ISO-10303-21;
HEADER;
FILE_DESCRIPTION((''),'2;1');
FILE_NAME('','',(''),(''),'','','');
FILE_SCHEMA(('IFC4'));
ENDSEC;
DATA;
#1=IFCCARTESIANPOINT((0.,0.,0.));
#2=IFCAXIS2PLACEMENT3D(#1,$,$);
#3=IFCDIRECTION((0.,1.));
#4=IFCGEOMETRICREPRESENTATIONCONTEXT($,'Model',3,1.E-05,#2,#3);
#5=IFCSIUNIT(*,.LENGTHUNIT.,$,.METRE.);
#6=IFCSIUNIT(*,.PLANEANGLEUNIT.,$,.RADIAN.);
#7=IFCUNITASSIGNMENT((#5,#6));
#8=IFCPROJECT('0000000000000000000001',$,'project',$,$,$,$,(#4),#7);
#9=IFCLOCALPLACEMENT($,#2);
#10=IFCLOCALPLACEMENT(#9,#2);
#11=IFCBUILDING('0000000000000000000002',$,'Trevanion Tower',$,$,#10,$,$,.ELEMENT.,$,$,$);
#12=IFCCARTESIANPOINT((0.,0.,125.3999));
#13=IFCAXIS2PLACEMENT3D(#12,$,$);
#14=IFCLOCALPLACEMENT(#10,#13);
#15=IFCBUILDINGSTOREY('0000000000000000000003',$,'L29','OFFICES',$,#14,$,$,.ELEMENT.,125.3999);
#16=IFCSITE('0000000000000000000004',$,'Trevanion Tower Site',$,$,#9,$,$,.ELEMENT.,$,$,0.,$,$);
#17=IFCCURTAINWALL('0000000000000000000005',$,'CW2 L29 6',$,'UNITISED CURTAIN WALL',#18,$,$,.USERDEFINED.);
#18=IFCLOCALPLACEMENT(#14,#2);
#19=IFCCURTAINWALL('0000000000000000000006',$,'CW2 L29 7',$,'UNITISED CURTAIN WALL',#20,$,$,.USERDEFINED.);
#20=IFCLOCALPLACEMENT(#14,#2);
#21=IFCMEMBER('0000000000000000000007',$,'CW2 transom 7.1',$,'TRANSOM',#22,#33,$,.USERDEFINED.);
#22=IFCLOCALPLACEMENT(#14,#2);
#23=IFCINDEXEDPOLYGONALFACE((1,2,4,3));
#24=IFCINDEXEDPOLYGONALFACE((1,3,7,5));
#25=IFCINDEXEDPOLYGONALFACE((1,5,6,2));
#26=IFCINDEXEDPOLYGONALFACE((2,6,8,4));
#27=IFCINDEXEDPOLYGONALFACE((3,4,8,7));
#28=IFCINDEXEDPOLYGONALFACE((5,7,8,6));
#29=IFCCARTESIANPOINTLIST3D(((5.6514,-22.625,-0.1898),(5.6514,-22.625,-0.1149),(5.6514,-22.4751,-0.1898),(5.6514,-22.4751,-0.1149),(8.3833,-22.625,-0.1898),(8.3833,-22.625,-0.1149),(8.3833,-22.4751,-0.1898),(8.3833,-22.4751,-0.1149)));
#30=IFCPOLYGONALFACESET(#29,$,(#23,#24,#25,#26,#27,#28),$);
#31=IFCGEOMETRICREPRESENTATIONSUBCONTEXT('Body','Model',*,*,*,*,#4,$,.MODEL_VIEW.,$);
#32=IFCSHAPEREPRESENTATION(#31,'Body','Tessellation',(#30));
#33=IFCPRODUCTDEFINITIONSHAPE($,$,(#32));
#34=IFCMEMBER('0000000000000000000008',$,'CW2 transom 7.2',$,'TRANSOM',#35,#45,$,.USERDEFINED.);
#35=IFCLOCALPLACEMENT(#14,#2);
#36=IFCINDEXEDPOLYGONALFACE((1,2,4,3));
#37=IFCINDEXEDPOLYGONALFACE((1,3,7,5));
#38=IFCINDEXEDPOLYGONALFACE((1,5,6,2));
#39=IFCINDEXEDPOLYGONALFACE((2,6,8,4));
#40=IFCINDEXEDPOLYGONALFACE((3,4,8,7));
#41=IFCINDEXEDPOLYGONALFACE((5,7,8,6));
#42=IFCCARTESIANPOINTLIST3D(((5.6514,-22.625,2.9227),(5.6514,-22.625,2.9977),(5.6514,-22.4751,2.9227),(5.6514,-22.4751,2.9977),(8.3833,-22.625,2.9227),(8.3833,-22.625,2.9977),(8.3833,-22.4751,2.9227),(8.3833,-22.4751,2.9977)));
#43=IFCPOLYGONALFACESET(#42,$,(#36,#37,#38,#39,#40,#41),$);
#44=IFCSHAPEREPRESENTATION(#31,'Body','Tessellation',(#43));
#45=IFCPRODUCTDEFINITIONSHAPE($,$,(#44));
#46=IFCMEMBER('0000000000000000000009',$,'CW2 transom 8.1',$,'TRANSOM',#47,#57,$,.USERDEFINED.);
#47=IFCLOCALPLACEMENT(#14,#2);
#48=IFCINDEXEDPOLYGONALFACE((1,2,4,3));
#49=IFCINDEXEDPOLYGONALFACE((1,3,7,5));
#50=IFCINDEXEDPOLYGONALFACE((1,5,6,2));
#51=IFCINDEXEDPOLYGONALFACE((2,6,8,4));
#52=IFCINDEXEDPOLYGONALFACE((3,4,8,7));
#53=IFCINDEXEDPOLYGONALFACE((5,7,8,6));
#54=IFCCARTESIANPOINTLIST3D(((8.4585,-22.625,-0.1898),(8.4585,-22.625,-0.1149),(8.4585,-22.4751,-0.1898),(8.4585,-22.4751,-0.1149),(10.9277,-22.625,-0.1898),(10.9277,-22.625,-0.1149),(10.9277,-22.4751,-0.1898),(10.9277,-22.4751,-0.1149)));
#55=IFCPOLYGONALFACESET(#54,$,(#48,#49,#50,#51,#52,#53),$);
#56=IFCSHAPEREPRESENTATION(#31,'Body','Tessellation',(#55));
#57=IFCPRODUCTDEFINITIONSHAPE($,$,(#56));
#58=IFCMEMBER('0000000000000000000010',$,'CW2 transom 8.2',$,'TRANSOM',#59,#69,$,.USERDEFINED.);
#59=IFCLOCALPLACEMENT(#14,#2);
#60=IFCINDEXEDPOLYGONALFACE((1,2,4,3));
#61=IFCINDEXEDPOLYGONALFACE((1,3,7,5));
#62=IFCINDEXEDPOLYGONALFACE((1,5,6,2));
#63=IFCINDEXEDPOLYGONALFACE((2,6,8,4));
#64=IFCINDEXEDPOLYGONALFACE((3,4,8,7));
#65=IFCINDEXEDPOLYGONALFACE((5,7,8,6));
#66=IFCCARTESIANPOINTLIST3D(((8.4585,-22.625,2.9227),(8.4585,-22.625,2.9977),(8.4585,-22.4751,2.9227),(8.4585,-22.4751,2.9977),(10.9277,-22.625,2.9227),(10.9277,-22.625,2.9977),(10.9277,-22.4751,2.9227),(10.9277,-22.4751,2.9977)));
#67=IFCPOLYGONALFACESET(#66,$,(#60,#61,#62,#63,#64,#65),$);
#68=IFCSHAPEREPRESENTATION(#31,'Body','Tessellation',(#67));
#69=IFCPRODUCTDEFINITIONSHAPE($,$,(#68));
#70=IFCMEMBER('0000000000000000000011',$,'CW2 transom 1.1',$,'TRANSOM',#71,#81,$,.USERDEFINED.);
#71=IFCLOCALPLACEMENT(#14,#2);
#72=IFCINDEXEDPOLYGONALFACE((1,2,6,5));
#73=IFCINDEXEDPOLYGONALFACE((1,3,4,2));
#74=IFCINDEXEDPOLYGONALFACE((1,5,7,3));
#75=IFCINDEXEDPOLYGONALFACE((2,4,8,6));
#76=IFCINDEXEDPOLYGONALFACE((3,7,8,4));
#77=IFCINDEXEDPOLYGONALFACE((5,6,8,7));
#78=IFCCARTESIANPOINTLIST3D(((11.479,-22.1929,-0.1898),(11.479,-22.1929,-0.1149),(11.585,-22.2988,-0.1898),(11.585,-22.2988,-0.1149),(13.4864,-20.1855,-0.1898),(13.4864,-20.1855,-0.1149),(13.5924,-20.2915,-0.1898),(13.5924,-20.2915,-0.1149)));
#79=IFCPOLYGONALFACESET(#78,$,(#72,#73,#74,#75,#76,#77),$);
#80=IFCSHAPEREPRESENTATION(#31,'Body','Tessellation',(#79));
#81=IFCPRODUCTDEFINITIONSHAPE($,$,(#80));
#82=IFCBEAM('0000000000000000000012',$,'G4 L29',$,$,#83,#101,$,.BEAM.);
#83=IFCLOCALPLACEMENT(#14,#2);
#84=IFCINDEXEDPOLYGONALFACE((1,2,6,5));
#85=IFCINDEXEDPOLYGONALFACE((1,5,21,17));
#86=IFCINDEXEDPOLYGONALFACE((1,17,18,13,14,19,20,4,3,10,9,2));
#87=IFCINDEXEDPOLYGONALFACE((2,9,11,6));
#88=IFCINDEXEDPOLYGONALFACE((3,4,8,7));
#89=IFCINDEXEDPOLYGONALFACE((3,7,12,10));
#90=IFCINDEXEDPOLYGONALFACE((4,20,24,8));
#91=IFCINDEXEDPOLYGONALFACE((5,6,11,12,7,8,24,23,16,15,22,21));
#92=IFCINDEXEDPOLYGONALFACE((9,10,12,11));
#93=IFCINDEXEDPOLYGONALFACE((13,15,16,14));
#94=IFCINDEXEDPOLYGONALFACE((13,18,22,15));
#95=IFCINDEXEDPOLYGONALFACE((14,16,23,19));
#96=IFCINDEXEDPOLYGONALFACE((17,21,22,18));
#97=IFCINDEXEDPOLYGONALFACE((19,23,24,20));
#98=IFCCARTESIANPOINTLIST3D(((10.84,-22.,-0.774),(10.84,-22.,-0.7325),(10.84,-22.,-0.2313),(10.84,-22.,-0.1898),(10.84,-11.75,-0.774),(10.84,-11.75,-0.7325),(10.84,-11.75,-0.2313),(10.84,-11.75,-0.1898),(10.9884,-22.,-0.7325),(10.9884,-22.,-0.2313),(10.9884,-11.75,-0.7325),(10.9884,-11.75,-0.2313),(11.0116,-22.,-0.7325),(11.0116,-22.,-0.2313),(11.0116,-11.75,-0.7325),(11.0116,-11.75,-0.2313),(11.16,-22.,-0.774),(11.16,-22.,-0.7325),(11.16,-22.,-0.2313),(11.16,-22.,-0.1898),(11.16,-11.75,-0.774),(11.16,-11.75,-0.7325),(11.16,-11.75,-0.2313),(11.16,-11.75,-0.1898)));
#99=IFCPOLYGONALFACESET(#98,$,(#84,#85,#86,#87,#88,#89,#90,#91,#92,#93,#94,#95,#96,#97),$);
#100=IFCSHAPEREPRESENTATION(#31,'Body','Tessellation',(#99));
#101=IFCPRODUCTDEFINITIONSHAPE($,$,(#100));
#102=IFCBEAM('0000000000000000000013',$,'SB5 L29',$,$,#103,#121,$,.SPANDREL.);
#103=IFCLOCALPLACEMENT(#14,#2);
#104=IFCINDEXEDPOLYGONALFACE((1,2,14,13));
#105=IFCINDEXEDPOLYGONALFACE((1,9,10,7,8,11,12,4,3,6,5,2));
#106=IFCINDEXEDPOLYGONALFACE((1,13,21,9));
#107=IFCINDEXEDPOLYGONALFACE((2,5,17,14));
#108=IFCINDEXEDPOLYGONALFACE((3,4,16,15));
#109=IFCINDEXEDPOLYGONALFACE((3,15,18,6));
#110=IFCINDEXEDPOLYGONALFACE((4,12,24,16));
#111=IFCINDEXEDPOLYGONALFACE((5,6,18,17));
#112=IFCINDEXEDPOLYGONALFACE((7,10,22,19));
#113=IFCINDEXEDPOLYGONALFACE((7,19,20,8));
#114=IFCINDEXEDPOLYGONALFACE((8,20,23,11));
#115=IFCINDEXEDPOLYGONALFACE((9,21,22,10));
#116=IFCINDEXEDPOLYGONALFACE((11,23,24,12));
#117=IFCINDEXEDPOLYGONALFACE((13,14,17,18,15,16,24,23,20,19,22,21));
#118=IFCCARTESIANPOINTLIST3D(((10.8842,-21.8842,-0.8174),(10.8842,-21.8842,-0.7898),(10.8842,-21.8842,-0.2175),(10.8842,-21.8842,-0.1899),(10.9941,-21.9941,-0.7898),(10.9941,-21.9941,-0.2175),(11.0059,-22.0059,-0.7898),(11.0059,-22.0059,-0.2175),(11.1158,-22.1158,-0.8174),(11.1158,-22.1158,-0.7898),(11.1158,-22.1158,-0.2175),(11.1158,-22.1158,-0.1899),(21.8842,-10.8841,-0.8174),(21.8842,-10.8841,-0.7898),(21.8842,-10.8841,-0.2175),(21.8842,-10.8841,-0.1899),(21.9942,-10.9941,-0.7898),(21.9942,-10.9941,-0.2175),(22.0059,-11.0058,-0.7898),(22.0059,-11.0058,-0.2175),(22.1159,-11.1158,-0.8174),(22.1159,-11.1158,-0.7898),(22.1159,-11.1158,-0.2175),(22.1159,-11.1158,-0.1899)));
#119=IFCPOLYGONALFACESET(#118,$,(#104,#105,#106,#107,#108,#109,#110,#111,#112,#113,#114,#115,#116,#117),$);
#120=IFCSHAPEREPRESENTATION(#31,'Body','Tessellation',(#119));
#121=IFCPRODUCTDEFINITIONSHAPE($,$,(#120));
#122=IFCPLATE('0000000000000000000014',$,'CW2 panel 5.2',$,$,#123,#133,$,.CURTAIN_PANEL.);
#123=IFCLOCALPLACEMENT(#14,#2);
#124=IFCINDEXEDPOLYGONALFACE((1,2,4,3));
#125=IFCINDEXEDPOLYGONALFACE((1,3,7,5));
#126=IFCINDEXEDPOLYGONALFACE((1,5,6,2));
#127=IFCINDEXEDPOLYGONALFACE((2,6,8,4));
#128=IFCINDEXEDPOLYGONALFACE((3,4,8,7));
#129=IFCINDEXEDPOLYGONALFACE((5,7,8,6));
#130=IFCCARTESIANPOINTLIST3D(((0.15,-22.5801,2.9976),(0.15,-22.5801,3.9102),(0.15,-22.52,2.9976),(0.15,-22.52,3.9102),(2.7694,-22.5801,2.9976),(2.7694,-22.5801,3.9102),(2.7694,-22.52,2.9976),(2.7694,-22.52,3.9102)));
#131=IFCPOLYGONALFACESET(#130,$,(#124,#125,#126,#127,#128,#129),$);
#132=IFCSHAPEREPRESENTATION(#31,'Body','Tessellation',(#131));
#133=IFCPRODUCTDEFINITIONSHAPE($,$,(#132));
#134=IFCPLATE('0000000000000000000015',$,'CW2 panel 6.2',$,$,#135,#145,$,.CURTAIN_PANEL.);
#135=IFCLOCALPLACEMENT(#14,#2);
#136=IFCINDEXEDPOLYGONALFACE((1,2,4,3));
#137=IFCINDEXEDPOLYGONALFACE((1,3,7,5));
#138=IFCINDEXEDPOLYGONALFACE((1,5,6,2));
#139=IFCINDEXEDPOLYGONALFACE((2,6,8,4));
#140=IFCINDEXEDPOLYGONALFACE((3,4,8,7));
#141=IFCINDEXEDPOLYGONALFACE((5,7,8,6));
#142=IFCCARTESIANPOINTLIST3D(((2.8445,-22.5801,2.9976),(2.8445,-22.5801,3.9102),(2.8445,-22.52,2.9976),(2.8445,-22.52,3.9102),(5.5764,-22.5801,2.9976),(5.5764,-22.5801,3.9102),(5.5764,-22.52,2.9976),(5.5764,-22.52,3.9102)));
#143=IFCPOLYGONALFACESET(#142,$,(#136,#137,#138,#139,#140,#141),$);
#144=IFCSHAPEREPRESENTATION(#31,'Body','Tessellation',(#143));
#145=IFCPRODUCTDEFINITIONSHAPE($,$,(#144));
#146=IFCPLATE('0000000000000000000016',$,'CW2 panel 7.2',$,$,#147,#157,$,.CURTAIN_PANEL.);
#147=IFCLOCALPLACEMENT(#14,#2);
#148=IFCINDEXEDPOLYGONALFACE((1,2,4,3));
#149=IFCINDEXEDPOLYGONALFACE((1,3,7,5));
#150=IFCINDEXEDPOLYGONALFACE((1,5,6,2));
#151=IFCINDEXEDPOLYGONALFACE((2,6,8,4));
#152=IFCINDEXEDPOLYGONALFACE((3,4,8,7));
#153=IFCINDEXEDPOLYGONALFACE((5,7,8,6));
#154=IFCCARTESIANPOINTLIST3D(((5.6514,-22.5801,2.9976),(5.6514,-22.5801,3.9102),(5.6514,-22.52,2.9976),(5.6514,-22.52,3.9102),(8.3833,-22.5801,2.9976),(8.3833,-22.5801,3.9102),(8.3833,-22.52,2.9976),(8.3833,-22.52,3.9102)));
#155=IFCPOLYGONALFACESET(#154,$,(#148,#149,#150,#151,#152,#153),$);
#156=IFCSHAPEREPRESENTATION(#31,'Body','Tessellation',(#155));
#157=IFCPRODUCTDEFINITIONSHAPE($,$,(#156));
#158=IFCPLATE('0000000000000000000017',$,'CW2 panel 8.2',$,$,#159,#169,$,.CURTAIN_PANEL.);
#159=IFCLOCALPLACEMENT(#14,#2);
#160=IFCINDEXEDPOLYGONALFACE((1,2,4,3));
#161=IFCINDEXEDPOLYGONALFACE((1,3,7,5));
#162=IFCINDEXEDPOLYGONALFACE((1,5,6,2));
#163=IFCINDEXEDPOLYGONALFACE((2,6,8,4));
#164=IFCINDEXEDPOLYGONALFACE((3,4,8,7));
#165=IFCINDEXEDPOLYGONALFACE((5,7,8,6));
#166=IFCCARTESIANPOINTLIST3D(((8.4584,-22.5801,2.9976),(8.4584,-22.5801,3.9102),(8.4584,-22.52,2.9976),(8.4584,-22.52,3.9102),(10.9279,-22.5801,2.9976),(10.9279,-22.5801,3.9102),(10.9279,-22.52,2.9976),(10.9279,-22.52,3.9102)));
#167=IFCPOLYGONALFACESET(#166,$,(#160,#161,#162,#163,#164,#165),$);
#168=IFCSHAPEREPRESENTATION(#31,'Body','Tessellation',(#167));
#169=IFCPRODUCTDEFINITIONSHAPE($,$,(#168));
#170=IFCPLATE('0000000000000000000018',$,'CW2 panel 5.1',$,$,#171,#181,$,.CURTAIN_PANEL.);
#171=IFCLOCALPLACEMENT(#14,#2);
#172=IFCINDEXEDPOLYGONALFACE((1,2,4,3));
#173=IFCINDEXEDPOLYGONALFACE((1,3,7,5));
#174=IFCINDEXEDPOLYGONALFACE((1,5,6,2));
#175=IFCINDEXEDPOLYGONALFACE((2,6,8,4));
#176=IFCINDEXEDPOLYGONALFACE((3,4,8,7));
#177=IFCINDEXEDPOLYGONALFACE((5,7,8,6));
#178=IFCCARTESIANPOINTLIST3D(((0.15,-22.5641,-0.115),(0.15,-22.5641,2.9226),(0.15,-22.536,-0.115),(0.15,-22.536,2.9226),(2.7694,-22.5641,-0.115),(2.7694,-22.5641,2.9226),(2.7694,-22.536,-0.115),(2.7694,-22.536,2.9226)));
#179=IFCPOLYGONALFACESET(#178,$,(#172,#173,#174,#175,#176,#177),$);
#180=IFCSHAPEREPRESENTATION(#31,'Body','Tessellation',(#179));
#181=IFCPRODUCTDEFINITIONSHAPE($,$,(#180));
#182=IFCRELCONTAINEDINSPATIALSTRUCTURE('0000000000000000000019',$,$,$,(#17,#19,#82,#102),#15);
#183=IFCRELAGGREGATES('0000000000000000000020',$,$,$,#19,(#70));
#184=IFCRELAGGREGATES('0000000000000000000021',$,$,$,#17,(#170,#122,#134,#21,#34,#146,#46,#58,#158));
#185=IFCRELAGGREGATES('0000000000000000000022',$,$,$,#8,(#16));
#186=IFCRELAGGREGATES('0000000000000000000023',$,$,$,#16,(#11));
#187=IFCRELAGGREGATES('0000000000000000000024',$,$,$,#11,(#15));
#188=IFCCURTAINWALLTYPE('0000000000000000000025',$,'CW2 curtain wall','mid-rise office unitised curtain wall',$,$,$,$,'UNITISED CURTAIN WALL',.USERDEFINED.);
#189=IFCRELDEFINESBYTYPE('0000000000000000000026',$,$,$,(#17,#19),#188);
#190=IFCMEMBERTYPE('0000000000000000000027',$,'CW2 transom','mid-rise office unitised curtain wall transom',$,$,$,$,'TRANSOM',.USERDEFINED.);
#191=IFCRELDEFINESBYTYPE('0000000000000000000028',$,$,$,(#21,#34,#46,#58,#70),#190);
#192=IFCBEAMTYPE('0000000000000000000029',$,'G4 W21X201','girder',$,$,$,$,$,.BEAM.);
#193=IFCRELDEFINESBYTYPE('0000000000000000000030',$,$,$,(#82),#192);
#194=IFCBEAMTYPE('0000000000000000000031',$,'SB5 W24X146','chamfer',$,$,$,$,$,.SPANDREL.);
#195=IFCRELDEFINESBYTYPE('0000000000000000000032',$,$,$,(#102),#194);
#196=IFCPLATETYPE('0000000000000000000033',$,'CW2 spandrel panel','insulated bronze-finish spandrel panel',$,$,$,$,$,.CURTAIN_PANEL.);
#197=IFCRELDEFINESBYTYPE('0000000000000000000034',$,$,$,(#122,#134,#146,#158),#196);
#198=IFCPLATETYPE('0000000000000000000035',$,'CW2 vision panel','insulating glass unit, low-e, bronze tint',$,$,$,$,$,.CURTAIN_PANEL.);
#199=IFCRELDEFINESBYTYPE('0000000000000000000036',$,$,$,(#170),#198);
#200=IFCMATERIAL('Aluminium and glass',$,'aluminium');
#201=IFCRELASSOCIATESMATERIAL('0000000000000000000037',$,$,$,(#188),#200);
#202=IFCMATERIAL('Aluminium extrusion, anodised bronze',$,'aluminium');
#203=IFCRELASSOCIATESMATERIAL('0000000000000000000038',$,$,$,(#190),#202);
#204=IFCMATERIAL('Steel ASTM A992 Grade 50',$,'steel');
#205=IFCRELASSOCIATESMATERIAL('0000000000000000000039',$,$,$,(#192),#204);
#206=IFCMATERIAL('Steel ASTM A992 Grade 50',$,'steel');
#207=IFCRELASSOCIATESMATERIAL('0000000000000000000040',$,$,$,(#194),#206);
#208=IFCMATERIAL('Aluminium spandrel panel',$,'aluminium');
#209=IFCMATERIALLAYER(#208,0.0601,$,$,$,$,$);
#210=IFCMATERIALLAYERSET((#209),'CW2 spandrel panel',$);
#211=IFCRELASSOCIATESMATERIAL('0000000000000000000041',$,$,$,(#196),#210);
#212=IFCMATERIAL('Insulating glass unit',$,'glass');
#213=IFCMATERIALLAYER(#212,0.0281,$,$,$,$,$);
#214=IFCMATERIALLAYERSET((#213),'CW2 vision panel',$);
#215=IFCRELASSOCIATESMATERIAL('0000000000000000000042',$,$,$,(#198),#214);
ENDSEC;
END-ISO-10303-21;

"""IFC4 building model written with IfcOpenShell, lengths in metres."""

from ifc_helpers import new_model, si_unit, direction, frame, origin, origin_2d, place, context, subcontext, project, spatial, rectangle, i_section, extrude, material, layer, layer_set, material_profile, profile_set, type_object, element, aggregate, save


model = new_model("IFC4")

# Units and contexts
model_context = context("Model", 3, precision=1e-05, world=origin(), true_north=direction((0.0, 1.0)))
body_context = subcontext(model_context, "Body", "Model", "MODEL_VIEW")
ifc_project = project(units=[si_unit("LENGTHUNIT", "METRE"), si_unit("PLANEANGLEUNIT", "RADIAN")], contexts=[model_context])

# Site, building, storey
site_placement = place(None, origin())
site = spatial("IfcSite", under=ifc_project, at=site_placement, Name="Trevanion Tower Site", CompositionType="ELEMENT", RefElevation=0.0)
building_placement = place(site_placement, origin())
building = spatial("IfcBuilding", under=site, at=building_placement, Name="Trevanion Tower", CompositionType="ELEMENT")
storey_placement = place(building_placement, frame((0.0, 0.0, 125.3999)))
storey = spatial("IfcBuildingStorey", under=building, at=storey_placement, Name="L29", Description="OFFICES", CompositionType="ELEMENT", Elevation=125.3999)

# Curtain wall
ifc_material_1 = material(Name="Aluminium and glass", Category="aluminium")
curtain_wall_type = type_object("IfcCurtainWallType", Name="CW2 curtain wall", Description="mid-rise office unitised curtain wall", ElementType="UNITISED CURTAIN WALL", PredefinedType="USERDEFINED", material=ifc_material_1)
curtain_wall_1_placement = place(storey_placement, origin())
curtain_wall_1 = element("IfcCurtainWall", 1, at=curtain_wall_1_placement, inside=storey, type_object=curtain_wall_type, Name="CW2 L29 6", ObjectType="UNITISED CURTAIN WALL", PredefinedType="USERDEFINED")

# Curtain wall
curtain_wall_2_placement = place(storey_placement, origin())
curtain_wall_2 = element("IfcCurtainWall", 2, at=curtain_wall_2_placement, inside=storey, type_object=curtain_wall_type, Name="CW2 L29 7", ObjectType="UNITISED CURTAIN WALL", PredefinedType="USERDEFINED")

# Members
ifc_material_2 = material(Name="Aluminium extrusion, anodised bronze", Category="aluminium")
ifc_material_profile_1 = material_profile(ifc_material_2, rectangle(XDim=0.1499, YDim=0.075, at=origin_2d()), Name="CW2 transom")
ifc_profile_set_1 = profile_set([ifc_material_profile_1], Name="Aluminium extrusion, anodised bronze")
member_type_1 = type_object("IfcMemberType", Name="CW2 transom", Description="mid-rise office unitised curtain wall transom", ElementType="TRANSOM", PredefinedType="USERDEFINED", material=ifc_profile_set_1)
member_1_placement = place(storey_placement, frame((5.6514, -22.55, -0.1523), z_axis=(1.0, 0.0, 0.0), x_axis=(0.0, 1.0, 0.0)))
member_1 = element("IfcMember", 3, at=member_1_placement, type_object=member_type_1, Name="CW2 transom 7.1", ObjectType="TRANSOM", PredefinedType="USERDEFINED", context=body_context, shape_type="SweptSolid", body=[
    extrude(rectangle(XDim=0.1499, YDim=0.075, at=origin_2d()), origin(), (0.0, 0.0, 1.0), 2.7319),
])
member_2_placement = place(storey_placement, frame((5.6514, -22.55, 2.9602), z_axis=(1.0, 0.0, 0.0), x_axis=(0.0, 1.0, 0.0)))
member_2 = element("IfcMember", 4, at=member_2_placement, type_object=member_type_1, Name="CW2 transom 7.2", ObjectType="TRANSOM", PredefinedType="USERDEFINED", context=body_context, shape_type="SweptSolid", body=[
    extrude(rectangle(XDim=0.1499, YDim=0.075, at=origin_2d()), origin(), (0.0, 0.0, 1.0), 2.7319),
])
member_3_placement = place(storey_placement, frame((8.4585, -22.55, -0.1523), z_axis=(1.0, 0.0, 0.0), x_axis=(0.0, 1.0, 0.0)))
member_3 = element("IfcMember", 5, at=member_3_placement, type_object=member_type_1, Name="CW2 transom 8.1", ObjectType="TRANSOM", PredefinedType="USERDEFINED", context=body_context, shape_type="SweptSolid", body=[
    extrude(rectangle(XDim=0.1499, YDim=0.075, at=origin_2d()), origin(), (0.0, 0.0, 1.0), 2.4692),
])
member_4_placement = place(storey_placement, frame((8.4585, -22.55, 2.9602), z_axis=(1.0, 0.0, 0.0), x_axis=(0.0, 1.0, 0.0)))
member_4 = element("IfcMember", 6, at=member_4_placement, type_object=member_type_1, Name="CW2 transom 8.2", ObjectType="TRANSOM", PredefinedType="USERDEFINED", context=body_context, shape_type="SweptSolid", body=[
    extrude(rectangle(XDim=0.1499, YDim=0.075, at=origin_2d()), origin(), (0.0, 0.0, 1.0), 2.4692),
])
member_5_placement = place(storey_placement, frame((11.532, -22.2458, -0.1523), z_axis=(0.707107, 0.707107, 0.0), x_axis=(-0.707107, 0.707107, 0.0)))
member_5 = element("IfcMember", 7, at=member_5_placement, type_object=member_type_1, Name="CW2 transom 1.1", ObjectType="TRANSOM", PredefinedType="USERDEFINED", context=body_context, shape_type="SweptSolid", body=[
    extrude(rectangle(XDim=0.1499, YDim=0.075, at=origin_2d()), origin(), (0.0, 0.0, 1.0), 2.8389),
])
aggregate(curtain_wall_2, [member_5])

# Beams
ifc_material_3 = material(Name="Steel ASTM A992 Grade 50", Category="steel")
ifc_material_profile_2 = material_profile(ifc_material_3, i_section(OverallWidth=0.3201, OverallDepth=0.5842, WebThickness=0.0232, FlangeThickness=0.0415, at=origin_2d()), Name="W21X201")
ifc_profile_set_2 = profile_set([ifc_material_profile_2], Name="Steel ASTM A992 Grade 50")
beam_type_1 = type_object("IfcBeamType", Name="G4 W21X201", Description="girder", PredefinedType="BEAM", material=ifc_profile_set_2)
beam_1_placement = place(storey_placement, frame((11.0, -11.75, -0.4819), z_axis=(0.0, -1.0, 0.0), x_axis=(1.0, 0.0, 0.0)))
element("IfcBeam", 8, at=beam_1_placement, inside=storey, type_object=beam_type_1, Name="G4 L29", PredefinedType="BEAM", context=body_context, shape_type="SweptSolid", body=[
    extrude(i_section(OverallWidth=0.3201, OverallDepth=0.5842, WebThickness=0.0232, FlangeThickness=0.0415, at=origin_2d()), origin(), (0.0, 0.0, 1.0), 10.25),
])
ifc_material_4 = material(Name="Steel ASTM A992 Grade 50", Category="steel")
ifc_material_profile_3 = material_profile(ifc_material_4, i_section(OverallWidth=0.3276, OverallDepth=0.6274, WebThickness=0.0166, FlangeThickness=0.0276, at=origin_2d()), Name="W24X146")
ifc_profile_set_3 = profile_set([ifc_material_profile_3], Name="Steel ASTM A992 Grade 50")
beam_type_2 = type_object("IfcBeamType", Name="SB5 W24X146", Description="chamfer", PredefinedType="SPANDREL", material=ifc_profile_set_3)
beam_2_placement = place(storey_placement, frame((11.0, -22.0, -0.5037), z_axis=(0.707107, 0.707107, 0.0), x_axis=(-0.707107, 0.707107, 0.0)))
element("IfcBeam", 9, at=beam_2_placement, inside=storey, type_object=beam_type_2, Name="SB5 L29", PredefinedType="SPANDREL", context=body_context, shape_type="SweptSolid", body=[
    extrude(i_section(OverallWidth=0.3276, OverallDepth=0.6274, WebThickness=0.0166, FlangeThickness=0.0276, at=origin_2d()), origin(), (0.0, 0.0, 1.0), 15.5564),
])

# Plates
ifc_material_5 = material(Name="Aluminium spandrel panel", Category="aluminium")
ifc_layer_1 = layer(ifc_material_5, 0.0601)
ifc_layer_set_1 = layer_set([ifc_layer_1], Name="CW2 spandrel panel")
plate_type_1 = type_object("IfcPlateType", Name="CW2 spandrel panel", Description="insulated bronze-finish spandrel panel", PredefinedType="CURTAIN_PANEL", material=ifc_layer_set_1)
plate_1_placement = place(storey_placement, frame((1.4597, -22.55, 2.9976), z_axis=(0.0, 0.0, 1.0), x_axis=(1.0, 0.0, 0.0)))
plate_1 = element("IfcPlate", 10, at=plate_1_placement, type_object=plate_type_1, Name="CW2 panel 5.2", PredefinedType="CURTAIN_PANEL", context=body_context, shape_type="SweptSolid", body=[
    extrude(rectangle(XDim=2.6194, YDim=0.0601, at=origin_2d()), origin(), (0.0, 0.0, 1.0), 0.9126),
])
plate_2_placement = place(storey_placement, frame((4.2104, -22.55, 2.9976), z_axis=(0.0, 0.0, 1.0), x_axis=(1.0, 0.0, 0.0)))
plate_2 = element("IfcPlate", 11, at=plate_2_placement, type_object=plate_type_1, Name="CW2 panel 6.2", PredefinedType="CURTAIN_PANEL", context=body_context, shape_type="SweptSolid", body=[
    extrude(rectangle(XDim=2.7319, YDim=0.0601, at=origin_2d()), origin(), (0.0, 0.0, 1.0), 0.9126),
])
plate_3_placement = place(storey_placement, frame((7.0173, -22.55, 2.9976), z_axis=(0.0, 0.0, 1.0), x_axis=(1.0, 0.0, 0.0)))
plate_3 = element("IfcPlate", 12, at=plate_3_placement, type_object=plate_type_1, Name="CW2 panel 7.2", PredefinedType="CURTAIN_PANEL", context=body_context, shape_type="SweptSolid", body=[
    extrude(rectangle(XDim=2.7319, YDim=0.0601, at=origin_2d()), origin(), (0.0, 0.0, 1.0), 0.9126),
])
plate_4_placement = place(storey_placement, frame((9.6931, -22.55, 2.9976), z_axis=(0.0, 0.0, 1.0), x_axis=(1.0, 0.0, 0.0)))
plate_4 = element("IfcPlate", 13, at=plate_4_placement, type_object=plate_type_1, Name="CW2 panel 8.2", PredefinedType="CURTAIN_PANEL", context=body_context, shape_type="SweptSolid", body=[
    extrude(rectangle(XDim=2.4695, YDim=0.0601, at=origin_2d()), origin(), (0.0, 0.0, 1.0), 0.9126),
])
ifc_material_6 = material(Name="Insulating glass unit", Category="glass")
ifc_layer_2 = layer(ifc_material_6, 0.0281)
ifc_layer_set_2 = layer_set([ifc_layer_2], Name="CW2 vision panel")
plate_type_2 = type_object("IfcPlateType", Name="CW2 vision panel", Description="insulating glass unit, low-e, bronze tint", PredefinedType="CURTAIN_PANEL", material=ifc_layer_set_2)
plate_5_placement = place(storey_placement, frame((1.4597, -22.55, -0.115), z_axis=(0.0, 0.0, 1.0), x_axis=(1.0, 0.0, 0.0)))
plate_5 = element("IfcPlate", 14, at=plate_5_placement, type_object=plate_type_2, Name="CW2 panel 5.1", PredefinedType="CURTAIN_PANEL", context=body_context, shape_type="SweptSolid", body=[
    extrude(rectangle(XDim=2.6194, YDim=0.0281, at=origin_2d()), origin(), (0.0, 0.0, 1.0), 3.0376),
])
aggregate(curtain_wall_1, [plate_5, plate_1, plate_2, member_1, member_2, plate_3, member_3, member_4, plate_4])

save(model, "model.ifc")
